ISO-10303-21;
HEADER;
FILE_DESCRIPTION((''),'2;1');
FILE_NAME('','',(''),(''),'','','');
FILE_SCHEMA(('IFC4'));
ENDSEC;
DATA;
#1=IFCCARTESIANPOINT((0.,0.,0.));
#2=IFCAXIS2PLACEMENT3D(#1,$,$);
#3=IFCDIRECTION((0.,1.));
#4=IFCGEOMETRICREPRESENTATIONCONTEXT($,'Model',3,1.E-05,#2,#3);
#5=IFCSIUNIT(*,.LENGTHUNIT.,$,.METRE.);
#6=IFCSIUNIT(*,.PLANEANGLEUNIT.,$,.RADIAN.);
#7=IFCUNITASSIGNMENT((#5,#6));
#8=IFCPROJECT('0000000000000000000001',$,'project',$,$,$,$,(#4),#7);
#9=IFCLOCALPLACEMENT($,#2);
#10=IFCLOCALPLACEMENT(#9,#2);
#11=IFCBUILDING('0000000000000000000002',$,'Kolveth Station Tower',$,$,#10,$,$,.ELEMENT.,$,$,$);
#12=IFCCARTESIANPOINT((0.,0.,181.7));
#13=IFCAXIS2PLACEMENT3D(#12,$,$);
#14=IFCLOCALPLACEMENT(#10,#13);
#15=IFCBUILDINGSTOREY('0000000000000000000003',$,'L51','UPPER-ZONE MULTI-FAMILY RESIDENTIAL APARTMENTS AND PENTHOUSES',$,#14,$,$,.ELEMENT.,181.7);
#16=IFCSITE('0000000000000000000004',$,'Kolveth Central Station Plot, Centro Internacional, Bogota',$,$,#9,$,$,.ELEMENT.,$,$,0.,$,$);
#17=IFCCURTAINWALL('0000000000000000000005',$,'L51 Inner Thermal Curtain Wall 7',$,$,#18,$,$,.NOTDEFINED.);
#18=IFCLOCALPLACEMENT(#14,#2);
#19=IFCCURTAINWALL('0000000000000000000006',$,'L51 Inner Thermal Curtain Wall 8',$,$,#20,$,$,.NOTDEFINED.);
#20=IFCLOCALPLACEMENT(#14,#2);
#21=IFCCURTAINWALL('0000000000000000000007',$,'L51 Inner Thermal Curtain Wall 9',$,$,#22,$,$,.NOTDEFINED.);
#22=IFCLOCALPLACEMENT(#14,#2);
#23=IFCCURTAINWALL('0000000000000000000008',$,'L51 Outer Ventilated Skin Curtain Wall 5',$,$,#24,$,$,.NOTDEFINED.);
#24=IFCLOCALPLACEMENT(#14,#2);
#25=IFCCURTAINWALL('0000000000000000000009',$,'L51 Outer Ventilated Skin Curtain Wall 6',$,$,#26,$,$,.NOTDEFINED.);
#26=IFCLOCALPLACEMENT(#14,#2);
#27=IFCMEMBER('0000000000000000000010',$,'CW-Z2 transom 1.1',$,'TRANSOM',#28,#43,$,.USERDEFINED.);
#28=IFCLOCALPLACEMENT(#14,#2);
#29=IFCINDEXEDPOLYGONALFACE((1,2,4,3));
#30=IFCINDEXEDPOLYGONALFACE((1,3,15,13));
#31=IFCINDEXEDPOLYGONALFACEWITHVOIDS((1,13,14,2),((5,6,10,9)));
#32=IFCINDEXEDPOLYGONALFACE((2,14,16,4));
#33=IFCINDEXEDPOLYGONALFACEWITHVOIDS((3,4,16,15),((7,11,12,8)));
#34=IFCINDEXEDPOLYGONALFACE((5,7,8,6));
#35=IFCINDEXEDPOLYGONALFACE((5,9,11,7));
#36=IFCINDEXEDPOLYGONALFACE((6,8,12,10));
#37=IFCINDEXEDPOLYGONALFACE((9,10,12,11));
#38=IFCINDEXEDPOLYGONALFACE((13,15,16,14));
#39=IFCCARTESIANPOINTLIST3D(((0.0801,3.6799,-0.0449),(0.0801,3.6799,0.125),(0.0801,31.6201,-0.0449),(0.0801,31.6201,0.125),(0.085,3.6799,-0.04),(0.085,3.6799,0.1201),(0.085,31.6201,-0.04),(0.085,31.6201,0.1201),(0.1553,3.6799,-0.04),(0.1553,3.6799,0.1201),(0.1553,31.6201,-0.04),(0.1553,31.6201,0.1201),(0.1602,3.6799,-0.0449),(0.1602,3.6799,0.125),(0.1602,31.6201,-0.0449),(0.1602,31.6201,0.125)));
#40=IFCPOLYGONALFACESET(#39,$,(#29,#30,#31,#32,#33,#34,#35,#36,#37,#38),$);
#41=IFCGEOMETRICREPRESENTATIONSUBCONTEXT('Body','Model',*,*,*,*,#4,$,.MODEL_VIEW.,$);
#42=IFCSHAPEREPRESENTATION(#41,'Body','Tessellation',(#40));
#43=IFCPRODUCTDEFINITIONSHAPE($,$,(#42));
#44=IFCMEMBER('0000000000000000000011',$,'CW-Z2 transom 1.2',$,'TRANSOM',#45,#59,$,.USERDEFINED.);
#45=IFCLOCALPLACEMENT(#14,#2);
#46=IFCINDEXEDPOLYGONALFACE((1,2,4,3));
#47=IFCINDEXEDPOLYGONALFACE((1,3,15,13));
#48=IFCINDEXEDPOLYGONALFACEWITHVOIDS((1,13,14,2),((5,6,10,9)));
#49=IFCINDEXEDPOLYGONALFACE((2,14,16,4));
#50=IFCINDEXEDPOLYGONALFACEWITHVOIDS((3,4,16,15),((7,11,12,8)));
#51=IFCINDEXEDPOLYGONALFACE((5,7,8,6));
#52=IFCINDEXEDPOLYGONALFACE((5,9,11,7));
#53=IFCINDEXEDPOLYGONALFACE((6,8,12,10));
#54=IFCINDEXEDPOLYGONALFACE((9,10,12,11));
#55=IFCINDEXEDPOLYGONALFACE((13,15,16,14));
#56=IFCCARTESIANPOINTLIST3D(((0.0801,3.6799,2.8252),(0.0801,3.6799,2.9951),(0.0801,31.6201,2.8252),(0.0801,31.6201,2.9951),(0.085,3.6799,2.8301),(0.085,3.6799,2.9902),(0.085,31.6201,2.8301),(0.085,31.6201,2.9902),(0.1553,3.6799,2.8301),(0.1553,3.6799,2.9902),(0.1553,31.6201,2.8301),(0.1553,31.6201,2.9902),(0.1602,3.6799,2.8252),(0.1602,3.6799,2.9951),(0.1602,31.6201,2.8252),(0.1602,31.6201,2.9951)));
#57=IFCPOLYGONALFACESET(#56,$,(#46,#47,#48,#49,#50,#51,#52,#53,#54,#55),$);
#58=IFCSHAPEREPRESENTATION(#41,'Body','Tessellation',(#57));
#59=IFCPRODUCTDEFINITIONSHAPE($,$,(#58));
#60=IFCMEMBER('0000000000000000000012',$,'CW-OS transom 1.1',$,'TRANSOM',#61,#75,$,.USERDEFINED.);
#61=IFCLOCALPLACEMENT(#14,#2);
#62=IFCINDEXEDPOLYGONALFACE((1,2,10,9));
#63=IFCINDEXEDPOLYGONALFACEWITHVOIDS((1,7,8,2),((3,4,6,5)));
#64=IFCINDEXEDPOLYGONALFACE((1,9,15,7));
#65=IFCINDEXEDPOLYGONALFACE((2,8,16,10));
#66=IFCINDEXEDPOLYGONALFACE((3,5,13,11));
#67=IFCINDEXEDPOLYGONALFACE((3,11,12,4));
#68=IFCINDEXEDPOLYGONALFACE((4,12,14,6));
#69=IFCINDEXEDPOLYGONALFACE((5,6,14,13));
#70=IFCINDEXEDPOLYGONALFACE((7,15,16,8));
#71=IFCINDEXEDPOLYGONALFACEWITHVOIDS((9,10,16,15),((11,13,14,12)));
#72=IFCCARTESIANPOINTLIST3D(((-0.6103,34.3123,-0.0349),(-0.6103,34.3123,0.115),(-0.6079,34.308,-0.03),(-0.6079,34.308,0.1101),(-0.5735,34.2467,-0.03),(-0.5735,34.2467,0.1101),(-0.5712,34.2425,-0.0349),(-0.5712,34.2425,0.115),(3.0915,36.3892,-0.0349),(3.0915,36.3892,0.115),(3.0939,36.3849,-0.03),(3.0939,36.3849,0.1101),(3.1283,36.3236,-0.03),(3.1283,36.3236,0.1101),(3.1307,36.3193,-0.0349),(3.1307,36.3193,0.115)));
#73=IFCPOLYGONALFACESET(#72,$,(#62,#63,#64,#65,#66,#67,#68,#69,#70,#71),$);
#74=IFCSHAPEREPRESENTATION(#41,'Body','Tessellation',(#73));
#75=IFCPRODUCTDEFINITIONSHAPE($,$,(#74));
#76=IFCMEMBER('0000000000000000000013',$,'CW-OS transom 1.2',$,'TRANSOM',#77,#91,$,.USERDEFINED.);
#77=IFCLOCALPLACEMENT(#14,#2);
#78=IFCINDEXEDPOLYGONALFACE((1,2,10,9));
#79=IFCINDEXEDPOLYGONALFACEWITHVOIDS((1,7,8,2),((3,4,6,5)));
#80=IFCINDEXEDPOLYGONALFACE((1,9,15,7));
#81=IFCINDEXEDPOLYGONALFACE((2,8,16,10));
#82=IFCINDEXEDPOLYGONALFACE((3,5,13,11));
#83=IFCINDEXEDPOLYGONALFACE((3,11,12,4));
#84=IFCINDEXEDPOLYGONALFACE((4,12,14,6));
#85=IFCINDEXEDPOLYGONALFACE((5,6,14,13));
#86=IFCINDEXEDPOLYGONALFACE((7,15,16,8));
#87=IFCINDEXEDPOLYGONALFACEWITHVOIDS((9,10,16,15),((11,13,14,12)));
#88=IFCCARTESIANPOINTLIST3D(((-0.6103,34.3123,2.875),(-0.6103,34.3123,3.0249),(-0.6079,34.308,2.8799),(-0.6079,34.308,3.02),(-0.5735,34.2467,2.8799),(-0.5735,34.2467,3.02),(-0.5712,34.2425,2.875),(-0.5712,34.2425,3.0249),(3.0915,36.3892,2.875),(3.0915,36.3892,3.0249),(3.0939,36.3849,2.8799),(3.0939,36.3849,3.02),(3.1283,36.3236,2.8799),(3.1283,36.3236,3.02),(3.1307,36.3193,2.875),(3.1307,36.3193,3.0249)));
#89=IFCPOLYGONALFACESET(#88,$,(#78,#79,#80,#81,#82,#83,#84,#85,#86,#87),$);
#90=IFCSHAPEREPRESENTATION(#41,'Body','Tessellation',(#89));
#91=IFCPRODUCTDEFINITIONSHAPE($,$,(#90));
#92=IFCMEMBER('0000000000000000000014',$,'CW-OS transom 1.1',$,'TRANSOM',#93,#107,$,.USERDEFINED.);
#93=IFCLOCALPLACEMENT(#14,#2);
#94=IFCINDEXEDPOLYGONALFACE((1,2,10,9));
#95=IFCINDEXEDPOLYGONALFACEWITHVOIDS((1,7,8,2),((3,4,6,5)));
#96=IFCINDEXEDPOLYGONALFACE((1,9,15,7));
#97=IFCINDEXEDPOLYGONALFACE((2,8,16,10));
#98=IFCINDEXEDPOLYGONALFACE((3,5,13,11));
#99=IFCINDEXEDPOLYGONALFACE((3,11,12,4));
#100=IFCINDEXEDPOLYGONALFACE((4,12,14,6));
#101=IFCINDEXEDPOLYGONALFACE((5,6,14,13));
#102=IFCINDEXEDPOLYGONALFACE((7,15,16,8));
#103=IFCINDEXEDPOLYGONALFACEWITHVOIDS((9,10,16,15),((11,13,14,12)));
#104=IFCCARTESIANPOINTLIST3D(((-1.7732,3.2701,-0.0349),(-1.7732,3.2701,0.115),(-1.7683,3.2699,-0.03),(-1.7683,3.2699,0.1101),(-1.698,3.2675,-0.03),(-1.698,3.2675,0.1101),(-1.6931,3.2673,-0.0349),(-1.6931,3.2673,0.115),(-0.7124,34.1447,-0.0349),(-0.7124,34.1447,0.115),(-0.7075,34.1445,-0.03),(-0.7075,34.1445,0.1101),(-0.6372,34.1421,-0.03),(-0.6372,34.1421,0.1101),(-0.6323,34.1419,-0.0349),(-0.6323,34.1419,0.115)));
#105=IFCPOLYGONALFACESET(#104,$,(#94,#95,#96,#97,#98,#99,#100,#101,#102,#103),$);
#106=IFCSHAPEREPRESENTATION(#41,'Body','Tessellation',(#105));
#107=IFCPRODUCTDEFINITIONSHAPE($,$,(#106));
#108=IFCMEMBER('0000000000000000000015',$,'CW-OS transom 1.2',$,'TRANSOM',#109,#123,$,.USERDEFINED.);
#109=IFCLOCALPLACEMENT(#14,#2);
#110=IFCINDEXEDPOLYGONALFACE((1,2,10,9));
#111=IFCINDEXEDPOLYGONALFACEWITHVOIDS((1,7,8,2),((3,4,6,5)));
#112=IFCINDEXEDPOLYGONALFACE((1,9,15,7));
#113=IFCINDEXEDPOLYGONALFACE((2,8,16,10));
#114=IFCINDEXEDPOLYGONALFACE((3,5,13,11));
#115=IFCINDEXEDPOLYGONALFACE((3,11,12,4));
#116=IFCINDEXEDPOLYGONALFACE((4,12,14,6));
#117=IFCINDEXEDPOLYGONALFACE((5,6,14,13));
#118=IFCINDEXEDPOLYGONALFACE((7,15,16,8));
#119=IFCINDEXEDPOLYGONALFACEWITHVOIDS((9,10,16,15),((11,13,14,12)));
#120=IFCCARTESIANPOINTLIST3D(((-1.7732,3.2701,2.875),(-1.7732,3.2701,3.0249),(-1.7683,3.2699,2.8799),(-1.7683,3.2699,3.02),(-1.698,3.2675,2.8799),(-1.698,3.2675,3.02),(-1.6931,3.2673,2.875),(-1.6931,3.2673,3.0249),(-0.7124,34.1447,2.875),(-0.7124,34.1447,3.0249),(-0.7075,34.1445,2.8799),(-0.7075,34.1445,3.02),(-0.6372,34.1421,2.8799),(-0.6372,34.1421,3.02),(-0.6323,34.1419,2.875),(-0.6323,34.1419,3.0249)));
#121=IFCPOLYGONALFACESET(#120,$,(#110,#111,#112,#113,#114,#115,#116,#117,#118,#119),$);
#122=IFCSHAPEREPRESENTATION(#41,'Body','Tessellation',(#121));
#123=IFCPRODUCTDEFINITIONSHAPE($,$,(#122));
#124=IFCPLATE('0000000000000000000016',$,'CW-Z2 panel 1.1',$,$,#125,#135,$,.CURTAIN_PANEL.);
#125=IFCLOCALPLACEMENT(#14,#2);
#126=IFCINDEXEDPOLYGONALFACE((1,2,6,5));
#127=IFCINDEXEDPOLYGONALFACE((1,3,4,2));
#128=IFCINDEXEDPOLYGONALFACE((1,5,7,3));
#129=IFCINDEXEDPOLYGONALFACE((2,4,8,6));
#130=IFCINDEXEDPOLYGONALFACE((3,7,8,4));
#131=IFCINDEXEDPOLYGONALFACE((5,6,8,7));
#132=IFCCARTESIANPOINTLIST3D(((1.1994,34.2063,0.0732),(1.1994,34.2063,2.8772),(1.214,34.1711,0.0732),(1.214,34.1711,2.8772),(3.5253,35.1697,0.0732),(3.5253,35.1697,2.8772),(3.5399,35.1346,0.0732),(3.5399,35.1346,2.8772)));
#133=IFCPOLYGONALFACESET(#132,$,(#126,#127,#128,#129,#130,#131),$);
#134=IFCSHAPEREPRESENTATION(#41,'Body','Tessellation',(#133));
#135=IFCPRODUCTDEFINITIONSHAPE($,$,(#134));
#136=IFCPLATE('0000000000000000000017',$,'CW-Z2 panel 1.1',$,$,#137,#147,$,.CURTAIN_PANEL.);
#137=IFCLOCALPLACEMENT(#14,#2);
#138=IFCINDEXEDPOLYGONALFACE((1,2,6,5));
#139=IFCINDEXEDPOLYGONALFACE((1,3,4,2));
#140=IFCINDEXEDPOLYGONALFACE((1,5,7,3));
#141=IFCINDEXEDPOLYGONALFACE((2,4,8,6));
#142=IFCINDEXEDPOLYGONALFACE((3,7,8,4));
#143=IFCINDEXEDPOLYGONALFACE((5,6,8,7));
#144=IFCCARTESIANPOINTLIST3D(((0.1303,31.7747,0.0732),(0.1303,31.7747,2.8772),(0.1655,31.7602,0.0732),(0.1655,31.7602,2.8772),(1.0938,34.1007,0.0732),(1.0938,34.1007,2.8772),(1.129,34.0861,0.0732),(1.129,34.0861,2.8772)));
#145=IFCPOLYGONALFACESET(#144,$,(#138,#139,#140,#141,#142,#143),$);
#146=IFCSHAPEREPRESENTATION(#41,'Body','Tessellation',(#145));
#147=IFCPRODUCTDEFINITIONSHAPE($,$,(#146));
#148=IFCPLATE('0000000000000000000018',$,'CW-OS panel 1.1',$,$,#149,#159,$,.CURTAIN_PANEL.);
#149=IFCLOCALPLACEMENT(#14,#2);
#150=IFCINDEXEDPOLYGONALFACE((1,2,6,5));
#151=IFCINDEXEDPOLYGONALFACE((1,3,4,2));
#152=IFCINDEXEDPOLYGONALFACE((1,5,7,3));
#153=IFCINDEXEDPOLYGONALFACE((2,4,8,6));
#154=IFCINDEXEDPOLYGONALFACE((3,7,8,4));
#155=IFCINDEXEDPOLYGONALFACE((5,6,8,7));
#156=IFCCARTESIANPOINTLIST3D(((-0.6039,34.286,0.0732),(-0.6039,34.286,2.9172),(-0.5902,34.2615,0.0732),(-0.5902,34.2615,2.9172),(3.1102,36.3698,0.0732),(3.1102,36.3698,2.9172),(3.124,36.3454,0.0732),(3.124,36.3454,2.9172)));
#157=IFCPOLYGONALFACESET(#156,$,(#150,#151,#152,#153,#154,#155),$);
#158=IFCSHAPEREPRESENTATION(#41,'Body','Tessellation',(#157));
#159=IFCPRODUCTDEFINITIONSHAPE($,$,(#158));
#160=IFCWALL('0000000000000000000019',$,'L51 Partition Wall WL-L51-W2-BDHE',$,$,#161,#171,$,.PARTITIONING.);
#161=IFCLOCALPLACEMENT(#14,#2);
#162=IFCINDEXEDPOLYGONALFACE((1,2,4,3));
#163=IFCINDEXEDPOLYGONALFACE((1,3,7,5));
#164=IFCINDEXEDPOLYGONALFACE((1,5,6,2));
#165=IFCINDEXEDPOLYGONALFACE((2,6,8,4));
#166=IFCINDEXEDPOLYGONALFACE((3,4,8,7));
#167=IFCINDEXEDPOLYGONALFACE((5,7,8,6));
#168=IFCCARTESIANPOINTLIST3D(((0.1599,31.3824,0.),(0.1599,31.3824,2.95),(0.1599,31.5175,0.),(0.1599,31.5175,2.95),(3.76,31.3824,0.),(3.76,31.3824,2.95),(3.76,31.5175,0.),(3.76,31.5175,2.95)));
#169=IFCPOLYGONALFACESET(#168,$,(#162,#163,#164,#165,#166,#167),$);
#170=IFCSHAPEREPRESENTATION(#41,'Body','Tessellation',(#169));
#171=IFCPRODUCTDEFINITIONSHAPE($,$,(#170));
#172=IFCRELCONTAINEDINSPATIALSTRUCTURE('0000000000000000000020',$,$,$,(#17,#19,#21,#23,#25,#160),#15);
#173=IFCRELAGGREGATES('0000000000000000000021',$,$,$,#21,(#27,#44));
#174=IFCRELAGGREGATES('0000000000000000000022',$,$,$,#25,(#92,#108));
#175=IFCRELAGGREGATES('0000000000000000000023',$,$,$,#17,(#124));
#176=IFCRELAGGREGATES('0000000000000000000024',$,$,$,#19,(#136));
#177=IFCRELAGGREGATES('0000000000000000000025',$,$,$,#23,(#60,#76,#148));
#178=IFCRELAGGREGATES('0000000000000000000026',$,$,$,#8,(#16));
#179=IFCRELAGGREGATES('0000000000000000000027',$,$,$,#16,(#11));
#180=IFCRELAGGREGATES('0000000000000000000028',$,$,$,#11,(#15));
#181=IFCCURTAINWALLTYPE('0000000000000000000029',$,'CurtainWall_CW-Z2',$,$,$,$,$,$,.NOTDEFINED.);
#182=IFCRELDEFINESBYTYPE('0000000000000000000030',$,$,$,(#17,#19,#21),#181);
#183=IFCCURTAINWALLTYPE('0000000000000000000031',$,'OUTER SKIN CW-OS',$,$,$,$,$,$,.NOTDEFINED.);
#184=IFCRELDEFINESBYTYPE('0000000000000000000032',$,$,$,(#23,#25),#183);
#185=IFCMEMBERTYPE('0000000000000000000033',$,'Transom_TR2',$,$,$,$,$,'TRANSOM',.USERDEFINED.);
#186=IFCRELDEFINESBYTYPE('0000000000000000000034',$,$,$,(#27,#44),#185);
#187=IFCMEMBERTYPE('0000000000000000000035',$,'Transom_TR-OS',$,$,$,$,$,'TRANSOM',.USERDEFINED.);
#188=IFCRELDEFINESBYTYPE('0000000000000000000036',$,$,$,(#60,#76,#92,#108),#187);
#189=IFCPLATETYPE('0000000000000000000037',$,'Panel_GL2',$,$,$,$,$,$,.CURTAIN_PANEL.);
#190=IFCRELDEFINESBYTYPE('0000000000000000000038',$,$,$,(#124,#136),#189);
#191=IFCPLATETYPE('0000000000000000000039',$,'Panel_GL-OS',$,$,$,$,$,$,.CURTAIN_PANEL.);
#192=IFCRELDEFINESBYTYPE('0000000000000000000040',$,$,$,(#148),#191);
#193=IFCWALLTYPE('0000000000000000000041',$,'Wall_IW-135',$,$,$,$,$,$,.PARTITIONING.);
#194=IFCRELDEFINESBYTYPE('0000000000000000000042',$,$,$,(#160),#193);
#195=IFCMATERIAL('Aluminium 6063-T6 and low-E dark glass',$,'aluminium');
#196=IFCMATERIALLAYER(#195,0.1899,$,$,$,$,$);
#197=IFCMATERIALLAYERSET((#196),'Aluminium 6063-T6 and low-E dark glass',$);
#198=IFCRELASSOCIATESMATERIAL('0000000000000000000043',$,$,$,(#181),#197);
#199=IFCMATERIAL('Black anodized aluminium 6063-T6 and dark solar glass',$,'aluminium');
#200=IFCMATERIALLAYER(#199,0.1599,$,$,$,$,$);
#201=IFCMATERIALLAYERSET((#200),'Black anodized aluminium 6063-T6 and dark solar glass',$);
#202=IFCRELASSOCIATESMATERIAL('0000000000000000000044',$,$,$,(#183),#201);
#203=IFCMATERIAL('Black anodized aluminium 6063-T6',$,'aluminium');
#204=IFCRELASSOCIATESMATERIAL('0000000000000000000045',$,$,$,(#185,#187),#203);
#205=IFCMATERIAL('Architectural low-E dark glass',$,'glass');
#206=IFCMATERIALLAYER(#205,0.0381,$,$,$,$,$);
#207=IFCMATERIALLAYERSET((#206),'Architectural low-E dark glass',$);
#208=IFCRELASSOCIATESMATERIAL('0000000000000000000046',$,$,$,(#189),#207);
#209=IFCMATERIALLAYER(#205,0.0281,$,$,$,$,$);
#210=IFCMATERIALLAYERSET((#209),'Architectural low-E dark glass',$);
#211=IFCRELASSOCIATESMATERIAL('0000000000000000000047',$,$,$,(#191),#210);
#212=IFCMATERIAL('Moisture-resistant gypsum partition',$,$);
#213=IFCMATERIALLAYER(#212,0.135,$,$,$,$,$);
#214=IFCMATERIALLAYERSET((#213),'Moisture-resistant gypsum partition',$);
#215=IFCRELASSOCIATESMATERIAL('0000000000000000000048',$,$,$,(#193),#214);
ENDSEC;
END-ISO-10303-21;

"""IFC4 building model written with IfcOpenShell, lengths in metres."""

from ifc_helpers import new_model, si_unit, direction, frame, frame_2d, origin, origin_2d, place, context, subcontext, project, spatial, rectangle, hollow_rectangle, extrude, source, transform, mapped, material, layer, layer_set, material_profile, profile_set, type_object, element, aggregate, save


model = new_model("IFC4")

# Units and contexts
model_context = context("Model", 3, precision=1e-05, world=origin(), true_north=direction((0.0, 1.0)))
body_context = subcontext(model_context, "Body", "Model", "MODEL_VIEW")
ifc_project = project(units=[si_unit("LENGTHUNIT", "METRE"), si_unit("PLANEANGLEUNIT", "RADIAN")], contexts=[model_context])

# Site, building, storey
site_placement = place(None, origin())
site = spatial("IfcSite", under=ifc_project, at=site_placement, Name="Kolveth Central Station Plot, Centro Internacional, Bogota", CompositionType="ELEMENT", RefElevation=0.0)
building_placement = place(site_placement, origin())
building = spatial("IfcBuilding", under=site, at=building_placement, Name="Kolveth Station Tower", CompositionType="ELEMENT")
storey_placement = place(building_placement, frame((0.0, 0.0, 181.7)))
storey = spatial("IfcBuildingStorey", under=building, at=storey_placement, Name="L51", Description="UPPER-ZONE MULTI-FAMILY RESIDENTIAL APARTMENTS AND PENTHOUSES", CompositionType="ELEMENT", Elevation=181.7)

# Curtain wall
ifc_material_1 = material(Name="Aluminium 6063-T6 and low-E dark glass", Category="aluminium")
ifc_layer_1 = layer(ifc_material_1, 0.1899)
ifc_layer_set_1 = layer_set([ifc_layer_1], Name="Aluminium 6063-T6 and low-E dark glass")
curtain_wall_type_1 = type_object("IfcCurtainWallType", Name="CurtainWall_CW-Z2", PredefinedType="NOTDEFINED", material=ifc_layer_set_1)
curtain_wall_1_placement = place(storey_placement, origin())
curtain_wall_1 = element("IfcCurtainWall", 1, at=curtain_wall_1_placement, inside=storey, type_object=curtain_wall_type_1, Name="L51 Inner Thermal Curtain Wall 7", PredefinedType="NOTDEFINED")
ifc_material_2 = material(Name="Black anodized aluminium 6063-T6", Category="aluminium")

# Curtain wall
curtain_wall_2_placement = place(storey_placement, origin())
curtain_wall_2 = element("IfcCurtainWall", 2, at=curtain_wall_2_placement, inside=storey, type_object=curtain_wall_type_1, Name="L51 Inner Thermal Curtain Wall 8", PredefinedType="NOTDEFINED")

# Curtain wall
curtain_wall_3_placement = place(storey_placement, origin())
curtain_wall_3 = element("IfcCurtainWall", 3, at=curtain_wall_3_placement, inside=storey, type_object=curtain_wall_type_1, Name="L51 Inner Thermal Curtain Wall 9", PredefinedType="NOTDEFINED")
ifc_material_3 = material(Name="Black anodized aluminium 6063-T6 and dark solar glass", Category="aluminium")
ifc_layer_2 = layer(ifc_material_3, 0.1599)
ifc_layer_set_2 = layer_set([ifc_layer_2], Name="Black anodized aluminium 6063-T6 and dark solar glass")
curtain_wall_type_2 = type_object("IfcCurtainWallType", Name="OUTER SKIN CW-OS", PredefinedType="NOTDEFINED", material=ifc_layer_set_2)

# Curtain wall
curtain_wall_4_placement = place(storey_placement, origin())
curtain_wall_4 = element("IfcCurtainWall", 4, at=curtain_wall_4_placement, inside=storey, type_object=curtain_wall_type_2, Name="L51 Outer Ventilated Skin Curtain Wall 5", PredefinedType="NOTDEFINED")

# Curtain wall
curtain_wall_5_placement = place(storey_placement, origin())
curtain_wall_5 = element("IfcCurtainWall", 5, at=curtain_wall_5_placement, inside=storey, type_object=curtain_wall_type_2, Name="L51 Outer Ventilated Skin Curtain Wall 6", PredefinedType="NOTDEFINED")

# Members
ifc_material_profile_1 = material_profile(ifc_material_2, hollow_rectangle(XDim=0.0801, YDim=0.1699, WallThickness=0.0049, at=origin_2d()), Name="ALU-80x170x5")
ifc_profile_set_1 = profile_set([ifc_material_profile_1], Name="Black anodized aluminium 6063-T6")
member_type_1 = type_object("IfcMemberType", Name="Transom_TR2", ElementType="TRANSOM", PredefinedType="USERDEFINED", material=ifc_profile_set_1)
shared_shape_1 = source(origin(), body_context, "Body", "SweptSolid", [
    extrude(hollow_rectangle(XDim=0.0801, YDim=0.1699, WallThickness=0.0049, at=origin_2d()), origin(), (0.0, 0.0, 1.0), 27.9402),
])
member_1_placement = place(storey_placement, frame((0.1201, 31.6201, 0.04), z_axis=(0.0, -1.0, 0.0), x_axis=(1.0, 0.0, 0.0)))
member_1 = element("IfcMember", 6, at=member_1_placement, type_object=member_type_1, Name="CW-Z2 transom 1.1", ObjectType="TRANSOM", PredefinedType="USERDEFINED", context=body_context, shape_type="MappedRepresentation", body=[
    mapped(shared_shape_1, transform((0.0, 0.0, 0.0), x_axis=(1.0, 0.0, 0.0), y_axis=(0.0, 1.0, 0.0), z_axis=(0.0, 0.0, 1.0), scale=1.0)),
])
member_2_placement = place(storey_placement, frame((0.1201, 31.6201, 2.9102), z_axis=(0.0, -1.0, 0.0), x_axis=(1.0, 0.0, 0.0)))
member_2 = element("IfcMember", 7, at=member_2_placement, type_object=member_type_1, Name="CW-Z2 transom 1.2", ObjectType="TRANSOM", PredefinedType="USERDEFINED", context=body_context, shape_type="MappedRepresentation", body=[
    mapped(shared_shape_1, transform((0.0, 0.0, 0.0), x_axis=(1.0, 0.0, 0.0), y_axis=(0.0, 1.0, 0.0), z_axis=(0.0, 0.0, 1.0), scale=1.0)),
])
aggregate(curtain_wall_3, [member_1, member_2])
ifc_material_profile_2 = material_profile(ifc_material_2, hollow_rectangle(XDim=0.0801, YDim=0.1499, WallThickness=0.0049, at=origin_2d()), Name="ALU-80x150x5")
ifc_profile_set_2 = profile_set([ifc_material_profile_2], Name="Black anodized aluminium 6063-T6")
member_type_2 = type_object("IfcMemberType", Name="Transom_TR-OS", ElementType="TRANSOM", PredefinedType="USERDEFINED", material=ifc_profile_set_2)
shared_shape_2 = source(origin(), body_context, "Body", "SweptSolid", [
    extrude(hollow_rectangle(XDim=0.0801, YDim=0.1499, WallThickness=0.0049, at=origin_2d()), origin(), (0.0, 0.0, 1.0), 4.2446),
])
member_3_placement = place(storey_placement, frame((3.1111, 36.3542, 0.04), z_axis=(-0.87212, -0.489292, 0.0), x_axis=(0.489292, -0.87212, 0.0)))
member_3 = element("IfcMember", 8, at=member_3_placement, type_object=member_type_2, Name="CW-OS transom 1.1", ObjectType="TRANSOM", PredefinedType="USERDEFINED", context=body_context, shape_type="MappedRepresentation", body=[
    mapped(shared_shape_2, transform((0.0, 0.0, 0.0), x_axis=(1.0, 0.0, 0.0), y_axis=(0.0, 1.0, 0.0), z_axis=(0.0, 0.0, 1.0), scale=1.0)),
])
member_4_placement = place(storey_placement, frame((3.1111, 36.3542, 2.95), z_axis=(-0.87212, -0.489292, 0.0), x_axis=(0.489292, -0.87212, 0.0)))
member_4 = element("IfcMember", 9, at=member_4_placement, type_object=member_type_2, Name="CW-OS transom 1.2", ObjectType="TRANSOM", PredefinedType="USERDEFINED", context=body_context, shape_type="MappedRepresentation", body=[
    mapped(shared_shape_2, transform((0.0, 0.0, 0.0), x_axis=(1.0, 0.0, 0.0), y_axis=(0.0, 1.0, 0.0), z_axis=(0.0, 0.0, 1.0), scale=1.0)),
])
shared_shape_3 = source(origin(), body_context, "Body", "SweptSolid", [
    extrude(hollow_rectangle(XDim=0.0801, YDim=0.1499, WallThickness=0.0049, at=origin_2d()), origin(), (0.0, 0.0, 1.0), 30.8928),
])
member_5_placement = place(storey_placement, frame((-0.6724, 34.1433, 0.04), z_axis=(-0.034338, -0.99941, 0.0), x_axis=(0.99941, -0.034338, 0.0)))
member_5 = element("IfcMember", 10, at=member_5_placement, type_object=member_type_2, Name="CW-OS transom 1.1", ObjectType="TRANSOM", PredefinedType="USERDEFINED", context=body_context, shape_type="MappedRepresentation", body=[
    mapped(shared_shape_3, transform((0.0, 0.0, 0.0), x_axis=(1.0, 0.0, 0.0), y_axis=(0.0, 1.0, 0.0), z_axis=(0.0, 0.0, 1.0), scale=1.0)),
])
member_6_placement = place(storey_placement, frame((-0.6724, 34.1433, 2.95), z_axis=(-0.034338, -0.99941, 0.0), x_axis=(0.99941, -0.034338, 0.0)))
member_6 = element("IfcMember", 11, at=member_6_placement, type_object=member_type_2, Name="CW-OS transom 1.2", ObjectType="TRANSOM", PredefinedType="USERDEFINED", context=body_context, shape_type="MappedRepresentation", body=[
    mapped(shared_shape_3, transform((0.0, 0.0, 0.0), x_axis=(1.0, 0.0, 0.0), y_axis=(0.0, 1.0, 0.0), z_axis=(0.0, 0.0, 1.0), scale=1.0)),
])
aggregate(curtain_wall_5, [member_5, member_6])

# Plates
ifc_material_4 = material(Name="Architectural low-E dark glass", Category="glass")
ifc_layer_3 = layer(ifc_material_4, 0.0381)
ifc_layer_set_3 = layer_set([ifc_layer_3], Name="Architectural low-E dark glass")
plate_type_1 = type_object("IfcPlateType", Name="Panel_GL2", PredefinedType="CURTAIN_PANEL", material=ifc_layer_set_3)
shared_shape_4 = source(origin(), body_context, "Body", "SweptSolid", [
    extrude(rectangle(XDim=2.5176, YDim=0.0381, at=origin_2d()), origin(), (0.0, 0.0, 1.0), 2.804),
])
plate_1_placement = place(storey_placement, frame((2.3696, 34.6704, 0.0732), z_axis=(0.0, 0.0, 1.0), x_axis=(-0.923874, -0.382698, 0.0)))
plate_1 = element("IfcPlate", 12, at=plate_1_placement, type_object=plate_type_1, Name="CW-Z2 panel 1.1", PredefinedType="CURTAIN_PANEL", context=body_context, shape_type="MappedRepresentation", body=[
    mapped(shared_shape_4, transform((0.0, 0.0, 0.0), x_axis=(1.0, 0.0, 0.0), y_axis=(0.0, 1.0, 0.0), z_axis=(0.0, 0.0, 1.0), scale=1.0)),
])
aggregate(curtain_wall_1, [plate_1])
plate_2_placement = place(storey_placement, frame((0.6296, 32.9304, 0.0732), z_axis=(0.0, 0.0, 1.0), x_axis=(-0.382698, -0.923874, 0.0)))
plate_2 = element("IfcPlate", 13, at=plate_2_placement, type_object=plate_type_1, Name="CW-Z2 panel 1.1", PredefinedType="CURTAIN_PANEL", context=body_context, shape_type="MappedRepresentation", body=[
    mapped(shared_shape_4, transform((0.0, 0.0, 0.0), x_axis=(1.0, 0.0, 0.0), y_axis=(0.0, 1.0, 0.0), z_axis=(0.0, 0.0, 1.0), scale=1.0)),
])
aggregate(curtain_wall_2, [plate_2])
ifc_layer_4 = layer(ifc_material_4, 0.0281)
ifc_layer_set_4 = layer_set([ifc_layer_4], Name="Architectural low-E dark glass")
plate_type_2 = type_object("IfcPlateType", Name="Panel_GL-OS", PredefinedType="CURTAIN_PANEL", material=ifc_layer_set_4)
shared_shape_5 = source(origin(), body_context, "Body", "SweptSolid", [
    extrude(rectangle(XDim=4.2588, YDim=0.0281, at=origin_2d()), origin(), (0.0, 0.0, 1.0), 2.844),
])
plate_3_placement = place(storey_placement, frame((1.26, 35.3157, 0.0732), z_axis=(0.0, 0.0, 1.0), x_axis=(-0.872113, -0.489304, 0.0)))
plate_3 = element("IfcPlate", 14, at=plate_3_placement, type_object=plate_type_2, Name="CW-OS panel 1.1", PredefinedType="CURTAIN_PANEL", context=body_context, shape_type="MappedRepresentation", body=[
    mapped(shared_shape_5, transform((0.0, 0.0, 0.0), x_axis=(1.0, 0.0, 0.0), y_axis=(0.0, 1.0, 0.0), z_axis=(0.0, 0.0, 1.0), scale=1.0)),
])
aggregate(curtain_wall_4, [member_3, member_4, plate_3])

# Wall
ifc_material_5 = material(Name="Moisture-resistant gypsum partition")
ifc_layer_5 = layer(ifc_material_5, 0.135)
ifc_layer_set_5 = layer_set([ifc_layer_5], Name="Moisture-resistant gypsum partition")
wall_type = type_object("IfcWallType", Name="Wall_IW-135", PredefinedType="PARTITIONING", material=ifc_layer_set_5)
wall_placement = place(storey_placement, frame((0.1599, 31.45, 0.0), z_axis=(0.0, 0.0, 1.0), x_axis=(1.0, 0.0, 0.0)))
element("IfcWall", 15, at=wall_placement, inside=storey, type_object=wall_type, Name="L51 Partition Wall WL-L51-W2-BDHE", PredefinedType="PARTITIONING", context=body_context, shape_type="SweptSolid", body=[
    extrude(rectangle(XDim=3.6001, YDim=0.135, at=frame_2d((1.8, 0.0))), origin(), (0.0, 0.0, 1.0), 2.95),
])

save(model, "model.ifc")
